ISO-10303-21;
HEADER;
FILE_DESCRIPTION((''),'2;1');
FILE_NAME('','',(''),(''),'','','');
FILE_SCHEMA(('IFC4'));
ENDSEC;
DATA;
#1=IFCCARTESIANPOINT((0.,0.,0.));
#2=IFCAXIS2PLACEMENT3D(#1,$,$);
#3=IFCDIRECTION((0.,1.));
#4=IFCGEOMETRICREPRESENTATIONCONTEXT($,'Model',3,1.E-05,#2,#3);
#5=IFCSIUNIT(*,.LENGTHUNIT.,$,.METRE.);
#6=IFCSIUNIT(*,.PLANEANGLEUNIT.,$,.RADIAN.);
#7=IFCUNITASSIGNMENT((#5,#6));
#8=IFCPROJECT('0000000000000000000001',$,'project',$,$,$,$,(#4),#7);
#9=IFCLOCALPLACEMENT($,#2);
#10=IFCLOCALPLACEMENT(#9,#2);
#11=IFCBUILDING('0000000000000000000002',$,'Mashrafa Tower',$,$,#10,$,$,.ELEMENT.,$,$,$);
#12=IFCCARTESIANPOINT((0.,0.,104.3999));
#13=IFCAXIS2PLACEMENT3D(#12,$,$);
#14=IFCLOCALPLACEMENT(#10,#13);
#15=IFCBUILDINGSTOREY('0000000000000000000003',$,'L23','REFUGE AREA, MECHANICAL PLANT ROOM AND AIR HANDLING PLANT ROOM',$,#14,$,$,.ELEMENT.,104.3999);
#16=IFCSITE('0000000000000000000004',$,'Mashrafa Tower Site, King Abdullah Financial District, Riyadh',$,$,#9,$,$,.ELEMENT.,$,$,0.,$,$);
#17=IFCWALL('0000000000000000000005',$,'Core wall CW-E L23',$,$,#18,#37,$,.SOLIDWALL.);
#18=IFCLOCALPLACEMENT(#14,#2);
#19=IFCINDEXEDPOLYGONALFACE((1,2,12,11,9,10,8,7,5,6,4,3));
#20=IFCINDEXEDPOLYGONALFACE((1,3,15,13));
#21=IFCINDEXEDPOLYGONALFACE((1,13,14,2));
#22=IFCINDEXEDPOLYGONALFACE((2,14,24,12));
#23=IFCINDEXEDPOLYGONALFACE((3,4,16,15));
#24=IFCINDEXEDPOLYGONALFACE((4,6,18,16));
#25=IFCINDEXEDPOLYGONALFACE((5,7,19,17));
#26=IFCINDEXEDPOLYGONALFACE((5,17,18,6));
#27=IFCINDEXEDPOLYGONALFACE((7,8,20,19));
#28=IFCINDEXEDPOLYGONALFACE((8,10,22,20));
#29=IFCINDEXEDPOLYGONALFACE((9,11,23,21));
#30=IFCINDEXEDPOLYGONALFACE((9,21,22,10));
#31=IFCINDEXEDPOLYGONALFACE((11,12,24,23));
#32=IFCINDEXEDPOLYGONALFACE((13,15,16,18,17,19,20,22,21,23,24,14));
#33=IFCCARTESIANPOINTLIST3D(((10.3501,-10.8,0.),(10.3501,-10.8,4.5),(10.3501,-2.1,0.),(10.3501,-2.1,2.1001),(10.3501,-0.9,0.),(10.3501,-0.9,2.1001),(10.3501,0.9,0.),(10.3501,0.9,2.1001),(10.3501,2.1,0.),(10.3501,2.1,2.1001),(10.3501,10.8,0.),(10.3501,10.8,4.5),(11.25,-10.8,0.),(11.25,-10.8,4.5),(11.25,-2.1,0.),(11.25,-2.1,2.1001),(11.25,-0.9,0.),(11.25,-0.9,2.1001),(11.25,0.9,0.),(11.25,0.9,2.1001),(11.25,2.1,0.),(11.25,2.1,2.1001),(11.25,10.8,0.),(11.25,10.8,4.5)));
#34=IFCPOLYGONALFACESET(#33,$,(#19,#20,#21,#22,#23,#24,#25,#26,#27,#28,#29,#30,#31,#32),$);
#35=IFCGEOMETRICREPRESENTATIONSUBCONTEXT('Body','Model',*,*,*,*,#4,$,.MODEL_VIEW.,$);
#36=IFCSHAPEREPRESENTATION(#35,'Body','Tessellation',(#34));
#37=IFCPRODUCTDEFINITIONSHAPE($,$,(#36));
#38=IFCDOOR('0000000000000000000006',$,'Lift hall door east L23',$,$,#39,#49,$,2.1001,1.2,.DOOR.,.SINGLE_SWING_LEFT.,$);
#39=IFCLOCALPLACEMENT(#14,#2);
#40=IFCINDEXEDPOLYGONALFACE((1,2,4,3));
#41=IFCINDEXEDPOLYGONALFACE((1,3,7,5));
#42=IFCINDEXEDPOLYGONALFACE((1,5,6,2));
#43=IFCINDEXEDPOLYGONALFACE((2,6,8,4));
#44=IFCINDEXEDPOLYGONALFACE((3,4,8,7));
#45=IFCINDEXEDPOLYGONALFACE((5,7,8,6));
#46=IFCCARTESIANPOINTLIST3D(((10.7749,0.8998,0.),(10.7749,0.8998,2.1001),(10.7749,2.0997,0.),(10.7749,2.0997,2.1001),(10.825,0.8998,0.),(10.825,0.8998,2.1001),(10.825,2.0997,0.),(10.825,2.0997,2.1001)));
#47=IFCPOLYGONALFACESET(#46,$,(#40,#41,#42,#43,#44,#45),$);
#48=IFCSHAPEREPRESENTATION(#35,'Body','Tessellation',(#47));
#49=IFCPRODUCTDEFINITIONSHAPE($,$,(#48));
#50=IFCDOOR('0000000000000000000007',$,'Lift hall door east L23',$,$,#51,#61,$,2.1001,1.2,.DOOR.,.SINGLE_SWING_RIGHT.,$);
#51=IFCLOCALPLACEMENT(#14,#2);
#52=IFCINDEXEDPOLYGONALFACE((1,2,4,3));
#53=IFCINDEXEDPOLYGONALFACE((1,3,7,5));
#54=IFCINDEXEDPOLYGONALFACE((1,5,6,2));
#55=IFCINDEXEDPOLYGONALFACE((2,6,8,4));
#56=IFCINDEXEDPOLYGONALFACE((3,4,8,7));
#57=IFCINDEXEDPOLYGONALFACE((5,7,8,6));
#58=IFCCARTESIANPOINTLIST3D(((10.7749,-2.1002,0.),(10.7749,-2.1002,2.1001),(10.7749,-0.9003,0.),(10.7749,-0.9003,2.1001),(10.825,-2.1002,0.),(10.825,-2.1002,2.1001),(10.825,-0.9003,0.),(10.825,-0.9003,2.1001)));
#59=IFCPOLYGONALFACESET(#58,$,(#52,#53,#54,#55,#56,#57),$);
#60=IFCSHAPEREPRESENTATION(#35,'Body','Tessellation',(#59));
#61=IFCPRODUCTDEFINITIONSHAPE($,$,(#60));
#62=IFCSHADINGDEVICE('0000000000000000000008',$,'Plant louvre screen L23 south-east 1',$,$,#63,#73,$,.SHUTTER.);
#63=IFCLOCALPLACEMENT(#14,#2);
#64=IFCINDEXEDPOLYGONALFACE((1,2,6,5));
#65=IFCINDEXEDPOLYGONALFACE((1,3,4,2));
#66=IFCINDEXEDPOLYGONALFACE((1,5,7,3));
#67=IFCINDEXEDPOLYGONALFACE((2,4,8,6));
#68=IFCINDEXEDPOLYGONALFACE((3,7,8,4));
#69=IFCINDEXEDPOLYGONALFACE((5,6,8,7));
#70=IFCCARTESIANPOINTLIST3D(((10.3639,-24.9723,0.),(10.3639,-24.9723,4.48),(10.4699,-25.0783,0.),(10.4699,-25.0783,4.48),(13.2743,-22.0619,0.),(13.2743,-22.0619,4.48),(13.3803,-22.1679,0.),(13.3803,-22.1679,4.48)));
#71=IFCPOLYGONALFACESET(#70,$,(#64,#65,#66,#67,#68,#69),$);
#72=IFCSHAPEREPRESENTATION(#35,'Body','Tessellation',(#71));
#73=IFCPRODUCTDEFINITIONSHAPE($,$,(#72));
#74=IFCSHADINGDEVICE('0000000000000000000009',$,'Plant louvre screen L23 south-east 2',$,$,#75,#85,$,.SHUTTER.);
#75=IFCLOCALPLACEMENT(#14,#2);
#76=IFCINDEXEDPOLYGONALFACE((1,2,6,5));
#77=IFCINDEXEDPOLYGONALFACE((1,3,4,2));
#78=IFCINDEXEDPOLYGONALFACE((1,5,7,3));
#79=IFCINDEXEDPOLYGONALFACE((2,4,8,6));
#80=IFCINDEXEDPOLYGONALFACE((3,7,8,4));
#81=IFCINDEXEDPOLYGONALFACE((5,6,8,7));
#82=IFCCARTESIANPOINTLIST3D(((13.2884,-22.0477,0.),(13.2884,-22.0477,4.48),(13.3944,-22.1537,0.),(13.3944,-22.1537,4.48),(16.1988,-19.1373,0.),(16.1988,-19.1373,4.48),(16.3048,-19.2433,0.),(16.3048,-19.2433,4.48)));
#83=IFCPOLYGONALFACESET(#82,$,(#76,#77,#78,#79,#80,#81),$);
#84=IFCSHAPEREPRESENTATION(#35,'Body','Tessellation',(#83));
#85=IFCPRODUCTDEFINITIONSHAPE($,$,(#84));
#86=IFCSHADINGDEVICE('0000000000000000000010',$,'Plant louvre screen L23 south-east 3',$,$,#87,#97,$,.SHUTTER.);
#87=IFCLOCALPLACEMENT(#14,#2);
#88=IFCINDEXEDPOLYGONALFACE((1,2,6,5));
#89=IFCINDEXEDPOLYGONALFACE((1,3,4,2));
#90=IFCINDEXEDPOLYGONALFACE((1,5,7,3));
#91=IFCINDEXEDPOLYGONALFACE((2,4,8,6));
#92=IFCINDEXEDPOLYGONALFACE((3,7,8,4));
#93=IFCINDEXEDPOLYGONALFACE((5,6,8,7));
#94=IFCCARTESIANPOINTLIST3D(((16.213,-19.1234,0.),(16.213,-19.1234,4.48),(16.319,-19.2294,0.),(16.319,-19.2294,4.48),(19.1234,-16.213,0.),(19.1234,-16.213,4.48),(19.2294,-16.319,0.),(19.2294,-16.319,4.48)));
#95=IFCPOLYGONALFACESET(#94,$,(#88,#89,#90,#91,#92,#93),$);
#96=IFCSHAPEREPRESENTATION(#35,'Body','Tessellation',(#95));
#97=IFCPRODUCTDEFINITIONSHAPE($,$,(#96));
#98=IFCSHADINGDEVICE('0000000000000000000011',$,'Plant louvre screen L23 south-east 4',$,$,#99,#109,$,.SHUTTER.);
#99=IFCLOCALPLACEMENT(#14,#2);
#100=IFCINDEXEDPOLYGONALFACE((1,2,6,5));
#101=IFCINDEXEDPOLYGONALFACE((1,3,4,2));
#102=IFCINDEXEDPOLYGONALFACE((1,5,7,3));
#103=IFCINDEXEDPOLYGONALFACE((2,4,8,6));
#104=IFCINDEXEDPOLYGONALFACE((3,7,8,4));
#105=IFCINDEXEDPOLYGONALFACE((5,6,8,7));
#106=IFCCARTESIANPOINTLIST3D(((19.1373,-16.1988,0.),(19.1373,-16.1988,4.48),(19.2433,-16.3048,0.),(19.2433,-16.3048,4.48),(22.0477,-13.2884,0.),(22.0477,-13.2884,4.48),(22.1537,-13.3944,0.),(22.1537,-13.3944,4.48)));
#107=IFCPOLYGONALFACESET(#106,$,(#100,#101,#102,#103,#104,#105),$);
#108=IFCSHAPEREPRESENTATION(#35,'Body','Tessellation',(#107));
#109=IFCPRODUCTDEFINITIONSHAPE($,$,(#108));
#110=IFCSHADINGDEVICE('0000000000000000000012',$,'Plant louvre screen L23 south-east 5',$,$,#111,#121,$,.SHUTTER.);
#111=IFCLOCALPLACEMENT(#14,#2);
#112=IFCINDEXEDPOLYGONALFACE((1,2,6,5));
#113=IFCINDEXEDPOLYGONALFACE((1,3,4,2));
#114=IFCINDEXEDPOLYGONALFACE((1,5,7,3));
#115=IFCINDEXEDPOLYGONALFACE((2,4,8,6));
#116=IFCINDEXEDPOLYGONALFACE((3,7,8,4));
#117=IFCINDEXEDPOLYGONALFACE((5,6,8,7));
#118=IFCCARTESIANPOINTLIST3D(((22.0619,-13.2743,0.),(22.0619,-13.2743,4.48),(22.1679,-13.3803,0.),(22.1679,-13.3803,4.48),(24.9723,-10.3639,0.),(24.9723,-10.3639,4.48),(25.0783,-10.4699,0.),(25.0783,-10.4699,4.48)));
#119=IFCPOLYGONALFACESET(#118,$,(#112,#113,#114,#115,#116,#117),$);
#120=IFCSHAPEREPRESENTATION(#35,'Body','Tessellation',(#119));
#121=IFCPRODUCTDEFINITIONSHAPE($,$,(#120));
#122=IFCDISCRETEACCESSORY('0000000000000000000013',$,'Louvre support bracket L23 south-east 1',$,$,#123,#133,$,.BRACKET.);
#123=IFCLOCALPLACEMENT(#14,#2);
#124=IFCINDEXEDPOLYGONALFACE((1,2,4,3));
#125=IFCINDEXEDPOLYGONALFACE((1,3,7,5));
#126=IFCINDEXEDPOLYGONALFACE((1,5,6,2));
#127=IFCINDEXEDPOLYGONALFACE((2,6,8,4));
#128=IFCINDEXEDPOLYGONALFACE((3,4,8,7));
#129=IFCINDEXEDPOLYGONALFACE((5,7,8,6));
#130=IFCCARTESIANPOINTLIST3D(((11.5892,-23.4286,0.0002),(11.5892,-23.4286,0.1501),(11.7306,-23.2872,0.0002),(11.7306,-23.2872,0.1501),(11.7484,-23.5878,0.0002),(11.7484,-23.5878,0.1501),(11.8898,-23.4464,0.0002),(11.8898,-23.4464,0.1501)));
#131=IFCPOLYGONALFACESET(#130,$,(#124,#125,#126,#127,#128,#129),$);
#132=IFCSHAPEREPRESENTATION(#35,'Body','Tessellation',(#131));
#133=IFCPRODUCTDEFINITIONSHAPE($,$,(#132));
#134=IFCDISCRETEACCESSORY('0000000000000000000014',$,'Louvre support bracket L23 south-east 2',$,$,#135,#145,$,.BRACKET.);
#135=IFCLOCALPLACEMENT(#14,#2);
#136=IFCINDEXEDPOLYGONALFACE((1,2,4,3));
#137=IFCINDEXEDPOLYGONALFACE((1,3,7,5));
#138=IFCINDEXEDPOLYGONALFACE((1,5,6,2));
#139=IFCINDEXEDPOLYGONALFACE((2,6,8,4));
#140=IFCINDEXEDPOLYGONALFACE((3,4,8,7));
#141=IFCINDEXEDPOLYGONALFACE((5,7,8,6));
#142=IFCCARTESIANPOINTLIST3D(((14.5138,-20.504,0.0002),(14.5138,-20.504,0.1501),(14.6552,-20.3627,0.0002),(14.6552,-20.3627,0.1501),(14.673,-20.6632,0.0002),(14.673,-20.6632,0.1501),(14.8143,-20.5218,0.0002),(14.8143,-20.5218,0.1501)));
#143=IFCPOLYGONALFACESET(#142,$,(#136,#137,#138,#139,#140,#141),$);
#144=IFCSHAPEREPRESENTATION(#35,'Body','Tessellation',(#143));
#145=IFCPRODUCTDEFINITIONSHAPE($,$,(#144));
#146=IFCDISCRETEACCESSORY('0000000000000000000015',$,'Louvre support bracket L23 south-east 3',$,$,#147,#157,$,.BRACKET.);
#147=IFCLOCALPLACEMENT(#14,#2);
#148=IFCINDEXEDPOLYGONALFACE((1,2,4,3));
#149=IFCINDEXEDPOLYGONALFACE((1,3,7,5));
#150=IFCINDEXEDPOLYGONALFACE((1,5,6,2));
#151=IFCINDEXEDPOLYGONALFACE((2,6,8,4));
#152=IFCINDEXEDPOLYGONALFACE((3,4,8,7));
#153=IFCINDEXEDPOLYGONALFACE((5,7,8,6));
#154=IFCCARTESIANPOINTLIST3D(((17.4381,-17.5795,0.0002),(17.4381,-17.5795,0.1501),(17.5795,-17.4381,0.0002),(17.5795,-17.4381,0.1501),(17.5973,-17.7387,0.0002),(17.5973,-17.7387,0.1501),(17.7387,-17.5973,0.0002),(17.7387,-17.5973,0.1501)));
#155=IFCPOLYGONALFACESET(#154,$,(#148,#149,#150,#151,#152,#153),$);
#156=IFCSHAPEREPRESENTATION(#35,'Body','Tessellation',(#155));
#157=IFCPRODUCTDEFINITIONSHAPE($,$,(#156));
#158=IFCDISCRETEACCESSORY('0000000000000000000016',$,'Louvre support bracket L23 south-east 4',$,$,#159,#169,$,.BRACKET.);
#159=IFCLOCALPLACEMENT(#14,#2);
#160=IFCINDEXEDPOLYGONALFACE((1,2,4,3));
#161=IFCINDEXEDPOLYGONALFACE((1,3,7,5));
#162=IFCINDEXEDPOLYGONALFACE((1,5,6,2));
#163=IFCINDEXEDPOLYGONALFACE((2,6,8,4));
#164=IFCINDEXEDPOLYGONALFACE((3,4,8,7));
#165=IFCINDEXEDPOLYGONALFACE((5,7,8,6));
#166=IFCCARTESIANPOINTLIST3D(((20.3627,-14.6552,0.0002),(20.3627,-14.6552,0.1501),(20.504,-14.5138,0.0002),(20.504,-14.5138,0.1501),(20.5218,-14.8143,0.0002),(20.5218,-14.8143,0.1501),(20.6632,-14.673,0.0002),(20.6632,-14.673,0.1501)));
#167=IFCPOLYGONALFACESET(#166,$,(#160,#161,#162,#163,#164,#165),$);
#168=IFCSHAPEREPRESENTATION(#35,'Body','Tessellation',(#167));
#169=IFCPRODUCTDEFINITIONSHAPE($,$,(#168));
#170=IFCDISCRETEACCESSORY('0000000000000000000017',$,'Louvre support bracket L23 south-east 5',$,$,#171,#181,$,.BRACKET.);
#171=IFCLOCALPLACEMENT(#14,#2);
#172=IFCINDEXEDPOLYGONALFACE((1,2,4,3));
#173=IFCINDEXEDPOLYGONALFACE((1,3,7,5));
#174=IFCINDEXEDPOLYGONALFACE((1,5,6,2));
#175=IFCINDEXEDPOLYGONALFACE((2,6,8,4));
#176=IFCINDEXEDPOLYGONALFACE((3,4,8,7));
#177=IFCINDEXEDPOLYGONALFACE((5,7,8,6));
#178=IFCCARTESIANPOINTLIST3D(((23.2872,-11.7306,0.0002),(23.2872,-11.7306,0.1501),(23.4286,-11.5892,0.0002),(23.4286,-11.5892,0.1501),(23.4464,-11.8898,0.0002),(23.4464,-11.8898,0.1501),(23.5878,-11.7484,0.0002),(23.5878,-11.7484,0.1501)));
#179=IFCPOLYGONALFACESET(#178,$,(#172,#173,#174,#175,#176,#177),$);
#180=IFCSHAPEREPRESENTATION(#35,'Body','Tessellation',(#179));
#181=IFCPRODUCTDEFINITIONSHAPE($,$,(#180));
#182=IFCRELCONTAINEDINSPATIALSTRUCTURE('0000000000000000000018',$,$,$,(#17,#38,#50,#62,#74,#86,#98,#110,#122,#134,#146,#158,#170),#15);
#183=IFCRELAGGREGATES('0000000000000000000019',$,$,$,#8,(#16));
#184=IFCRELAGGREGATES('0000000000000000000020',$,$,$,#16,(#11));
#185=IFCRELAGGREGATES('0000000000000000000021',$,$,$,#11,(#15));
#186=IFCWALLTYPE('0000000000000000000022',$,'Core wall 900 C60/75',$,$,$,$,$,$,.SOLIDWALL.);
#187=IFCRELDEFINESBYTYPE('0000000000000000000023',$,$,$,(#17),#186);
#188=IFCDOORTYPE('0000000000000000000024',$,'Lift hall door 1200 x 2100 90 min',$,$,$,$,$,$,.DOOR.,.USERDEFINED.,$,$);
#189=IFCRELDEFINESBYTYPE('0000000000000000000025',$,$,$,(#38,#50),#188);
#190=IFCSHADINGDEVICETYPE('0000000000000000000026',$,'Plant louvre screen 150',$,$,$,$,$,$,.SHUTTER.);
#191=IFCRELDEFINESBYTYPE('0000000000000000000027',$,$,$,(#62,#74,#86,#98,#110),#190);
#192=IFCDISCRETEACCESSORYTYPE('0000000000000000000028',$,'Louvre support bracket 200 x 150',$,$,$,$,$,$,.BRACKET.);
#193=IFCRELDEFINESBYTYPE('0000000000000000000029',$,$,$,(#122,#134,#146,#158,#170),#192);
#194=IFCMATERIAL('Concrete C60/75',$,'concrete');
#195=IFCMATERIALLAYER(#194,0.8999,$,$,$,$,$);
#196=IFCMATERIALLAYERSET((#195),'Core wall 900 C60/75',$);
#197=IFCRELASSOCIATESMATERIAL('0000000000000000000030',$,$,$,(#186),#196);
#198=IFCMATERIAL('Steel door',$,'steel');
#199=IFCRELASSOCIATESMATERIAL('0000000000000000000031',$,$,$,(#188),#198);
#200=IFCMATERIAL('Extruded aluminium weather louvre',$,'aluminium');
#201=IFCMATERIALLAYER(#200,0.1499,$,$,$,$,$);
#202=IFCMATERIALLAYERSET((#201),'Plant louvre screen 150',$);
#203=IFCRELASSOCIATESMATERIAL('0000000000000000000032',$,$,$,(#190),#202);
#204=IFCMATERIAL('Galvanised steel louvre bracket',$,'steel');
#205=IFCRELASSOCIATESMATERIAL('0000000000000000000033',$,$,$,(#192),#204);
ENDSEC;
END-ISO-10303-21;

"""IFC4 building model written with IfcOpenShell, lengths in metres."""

from ifc_helpers import new_model, si_unit, direction, frame, frame_2d, origin, origin_2d, place, context, subcontext, project, spatial, rectangle, extrude, source, transform, mapped, material, layer, layer_set, type_object, type_shapes, element, fill, save


model = new_model("IFC4")

# Units and contexts
model_context = context("Model", 3, precision=1e-05, world=origin(), true_north=direction((0.0, 1.0)))
body_context = subcontext(model_context, "Body", "Model", "MODEL_VIEW")
ifc_project = project(units=[si_unit("LENGTHUNIT", "METRE"), si_unit("PLANEANGLEUNIT", "RADIAN")], contexts=[model_context])

# Site, building, storey
site_placement = place(None, origin())
site = spatial("IfcSite", under=ifc_project, at=site_placement, Name="Mashrafa Tower Site, King Abdullah Financial District, Riyadh", CompositionType="ELEMENT", RefElevation=0.0)
building_placement = place(site_placement, origin())
building = spatial("IfcBuilding", under=site, at=building_placement, Name="Mashrafa Tower", CompositionType="ELEMENT")
storey_placement = place(building_placement, frame((0.0, 0.0, 104.3999)))
storey = spatial("IfcBuildingStorey", under=building, at=storey_placement, Name="L23", Description="REFUGE AREA, MECHANICAL PLANT ROOM AND AIR HANDLING PLANT ROOM", CompositionType="ELEMENT", Elevation=104.3999)

# Wall, openings, doors
ifc_material_1 = material(Name="Concrete C60/75", Category="concrete")
ifc_layer_1 = layer(ifc_material_1, 0.8999)
ifc_layer_set_1 = layer_set([ifc_layer_1], Name="Core wall 900 C60/75")
wall_type_1 = type_object("IfcWallType", Name="Core wall 900 C60/75", PredefinedType="SOLIDWALL", material=ifc_layer_set_1)
wall_1_placement = place(storey_placement, frame((10.8, -10.8, 0.0), z_axis=(0.0, 0.0, 1.0), x_axis=(0.0, 1.0, 0.0)))
wall_1 = element("IfcWall", 1, at=wall_1_placement, inside=storey, type_object=wall_type_1, Name="Core wall CW-E L23", PredefinedType="SOLIDWALL", context=body_context, shape_type="SweptSolid", body=[
    extrude(rectangle(XDim=21.6001, YDim=0.8999, at=frame_2d((10.8, 0.0))), origin(), (0.0, 0.0, 1.0), 4.5),
])
opening_1_placement = place(wall_1_placement, frame((11.7, 0.0, 0.0)))
opening_1 = element("IfcOpeningElement", 2, at=opening_1_placement, cuts=wall_1, PredefinedType="OPENING", context=body_context, shape_type="SweptSolid", body=[
    extrude(rectangle(XDim=1.2, YDim=2.1001, at=frame_2d((0.6001, 1.05))), frame((0.0, 0.46, 0.0), z_axis=(0.0, -1.0, 0.0), x_axis=(1.0, 0.0, 0.0)), (0.0, 0.0, 1.0), 0.9199),
])
opening_2_placement = place(wall_1_placement, frame((8.7, 0.0, 0.0)))
opening_2 = element("IfcOpeningElement", 3, at=opening_2_placement, cuts=wall_1, PredefinedType="OPENING", context=body_context, shape_type="SweptSolid", body=[
    extrude(rectangle(XDim=1.2, YDim=2.1001, at=frame_2d((0.6001, 1.05))), frame((0.0, 0.46, 0.0), z_axis=(0.0, -1.0, 0.0), x_axis=(1.0, 0.0, 0.0)), (0.0, 0.0, 1.0), 0.9199),
])
ifc_material_2 = material(Name="Steel door", Category="steel")
door_type_1 = type_object("IfcDoorType", Name="Lift hall door 1200 x 2100 90 min", OperationType="USERDEFINED", PredefinedType="DOOR", material=ifc_material_2)
door_1_placement = place(opening_1_placement, frame((1.2, 0.0, 0.0), z_axis=(0.0, 0.0, 1.0), x_axis=(-1.0, 0.0, 0.0)))
door_1 = element("IfcDoor", 4, at=door_1_placement, inside=storey, type_object=door_type_1, Name="Lift hall door east L23", OperationType="SINGLE_SWING_LEFT", OverallHeight=2.1001, OverallWidth=1.2, PredefinedType="DOOR", context=body_context, shape_type="SweptSolid", body=[
    extrude(rectangle(XDim=1.2, YDim=2.1001, at=frame_2d((0.6001, 1.05))), frame((0.0, 0.0249, 0.0), z_axis=(0.0, -1.0, 0.0), x_axis=(1.0, 0.0, 0.0)), (0.0, 0.0, 1.0), 0.05),
])
fill(opening_1, door_1)
door_2_placement = place(opening_2_placement, frame((1.2, 0.0, 0.0), z_axis=(0.0, 0.0, 1.0), x_axis=(-1.0, 0.0, 0.0)))
door_2 = element("IfcDoor", 5, at=door_2_placement, inside=storey, type_object=door_type_1, Name="Lift hall door east L23", OperationType="SINGLE_SWING_RIGHT", OverallHeight=2.1001, OverallWidth=1.2, PredefinedType="DOOR", context=body_context, shape_type="SweptSolid", body=[
    extrude(rectangle(XDim=1.2, YDim=2.1001, at=frame_2d((0.6001, 1.05))), frame((0.0, 0.0249, 0.0), z_axis=(0.0, -1.0, 0.0), x_axis=(1.0, 0.0, 0.0)), (0.0, 0.0, 1.0), 0.05),
])
fill(opening_2, door_2)

# Shading devices
ifc_material_3 = material(Name="Extruded aluminium weather louvre", Category="aluminium")
ifc_layer_2 = layer(ifc_material_3, 0.1499)
ifc_layer_set_2 = layer_set([ifc_layer_2], Name="Plant louvre screen 150")
shading_device_type = type_object("IfcShadingDeviceType", Name="Plant louvre screen 150", PredefinedType="SHUTTER", material=ifc_layer_set_2)
shared_shape_1 = source(origin(), body_context, "Body", "SweptSolid", [
    extrude(rectangle(XDim=4.116, YDim=0.1499, at=origin_2d()), origin(), (0.0, 0.0, 1.0), 4.48),
])
type_shapes(shading_device_type, [shared_shape_1])
for number, where, z_axis, x_axis, name in (
    (6, (11.8721, -23.5701, 0.0), (0.0, 0.0, 1.0), (0.707107, 0.707107, 0.0), "Plant louvre screen L23 south-east 1"),
    (7, (14.7966, -20.6455, 0.0), (0.0, 0.0, 1.0), (0.707107, 0.707107, 0.0), "Plant louvre screen L23 south-east 2"),
    (8, (17.7212, -17.7212, 0.0), (0.0, 0.0, 1.0), (0.707107, 0.707107, 0.0), "Plant louvre screen L23 south-east 3"),
    (9, (20.6455, -14.7966, 0.0), (0.0, 0.0, 1.0), (0.707107, 0.707107, 0.0), "Plant louvre screen L23 south-east 4"),
    (10, (23.5701, -11.8721, 0.0), (0.0, 0.0, 1.0), (0.707107, 0.707107, 0.0), "Plant louvre screen L23 south-east 5"),
):
    element("IfcShadingDevice", number, at=place(storey_placement, frame(where, z_axis=z_axis, x_axis=x_axis)), inside=storey, type_object=shading_device_type, Name=name, PredefinedType="SHUTTER", context=body_context, shape_type="MappedRepresentation", body=[
        mapped(shared_shape_1, transform((0.0, 0.0, 0.0))),
    ])

# Discrete accessories
ifc_material_4 = material(Name="Galvanised steel louvre bracket", Category="steel")
discrete_accessory_type = type_object("IfcDiscreteAccessoryType", Name="Louvre support bracket 200 x 150", PredefinedType="BRACKET", material=ifc_material_4)
shared_shape_2 = source(origin(), body_context, "Body", "SweptSolid", [
    extrude(rectangle(XDim=0.2, YDim=0.2251, at=origin_2d()), origin(), (0.0, 0.0, 1.0), 0.1499),
])
type_shapes(discrete_accessory_type, [shared_shape_2])
for number, where, z_axis, x_axis, name in (
    (11, (11.7395, -23.4375, 0.0002), (0.0, 0.0, 1.0), (0.707107, 0.707107, 0.0), "Louvre support bracket L23 south-east 1"),
    (12, (14.6641, -20.5129, 0.0002), (0.0, 0.0, 1.0), (0.707107, 0.707107, 0.0), "Louvre support bracket L23 south-east 2"),
    (13, (17.5884, -17.5884, 0.0002), (0.0, 0.0, 1.0), (0.707107, 0.707107, 0.0), "Louvre support bracket L23 south-east 3"),
    (14, (20.5129, -14.6641, 0.0002), (0.0, 0.0, 1.0), (0.707107, 0.707107, 0.0), "Louvre support bracket L23 south-east 4"),
    (15, (23.4375, -11.7395, 0.0002), (0.0, 0.0, 1.0), (0.707107, 0.707107, 0.0), "Louvre support bracket L23 south-east 5"),
):
    element("IfcDiscreteAccessory", number, at=place(storey_placement, frame(where, z_axis=z_axis, x_axis=x_axis)), inside=storey, type_object=discrete_accessory_type, Name=name, PredefinedType="BRACKET", context=body_context, shape_type="MappedRepresentation", body=[
        mapped(shared_shape_2, transform((0.0, 0.0, 0.0))),
    ])

save(model, "model.ifc")
